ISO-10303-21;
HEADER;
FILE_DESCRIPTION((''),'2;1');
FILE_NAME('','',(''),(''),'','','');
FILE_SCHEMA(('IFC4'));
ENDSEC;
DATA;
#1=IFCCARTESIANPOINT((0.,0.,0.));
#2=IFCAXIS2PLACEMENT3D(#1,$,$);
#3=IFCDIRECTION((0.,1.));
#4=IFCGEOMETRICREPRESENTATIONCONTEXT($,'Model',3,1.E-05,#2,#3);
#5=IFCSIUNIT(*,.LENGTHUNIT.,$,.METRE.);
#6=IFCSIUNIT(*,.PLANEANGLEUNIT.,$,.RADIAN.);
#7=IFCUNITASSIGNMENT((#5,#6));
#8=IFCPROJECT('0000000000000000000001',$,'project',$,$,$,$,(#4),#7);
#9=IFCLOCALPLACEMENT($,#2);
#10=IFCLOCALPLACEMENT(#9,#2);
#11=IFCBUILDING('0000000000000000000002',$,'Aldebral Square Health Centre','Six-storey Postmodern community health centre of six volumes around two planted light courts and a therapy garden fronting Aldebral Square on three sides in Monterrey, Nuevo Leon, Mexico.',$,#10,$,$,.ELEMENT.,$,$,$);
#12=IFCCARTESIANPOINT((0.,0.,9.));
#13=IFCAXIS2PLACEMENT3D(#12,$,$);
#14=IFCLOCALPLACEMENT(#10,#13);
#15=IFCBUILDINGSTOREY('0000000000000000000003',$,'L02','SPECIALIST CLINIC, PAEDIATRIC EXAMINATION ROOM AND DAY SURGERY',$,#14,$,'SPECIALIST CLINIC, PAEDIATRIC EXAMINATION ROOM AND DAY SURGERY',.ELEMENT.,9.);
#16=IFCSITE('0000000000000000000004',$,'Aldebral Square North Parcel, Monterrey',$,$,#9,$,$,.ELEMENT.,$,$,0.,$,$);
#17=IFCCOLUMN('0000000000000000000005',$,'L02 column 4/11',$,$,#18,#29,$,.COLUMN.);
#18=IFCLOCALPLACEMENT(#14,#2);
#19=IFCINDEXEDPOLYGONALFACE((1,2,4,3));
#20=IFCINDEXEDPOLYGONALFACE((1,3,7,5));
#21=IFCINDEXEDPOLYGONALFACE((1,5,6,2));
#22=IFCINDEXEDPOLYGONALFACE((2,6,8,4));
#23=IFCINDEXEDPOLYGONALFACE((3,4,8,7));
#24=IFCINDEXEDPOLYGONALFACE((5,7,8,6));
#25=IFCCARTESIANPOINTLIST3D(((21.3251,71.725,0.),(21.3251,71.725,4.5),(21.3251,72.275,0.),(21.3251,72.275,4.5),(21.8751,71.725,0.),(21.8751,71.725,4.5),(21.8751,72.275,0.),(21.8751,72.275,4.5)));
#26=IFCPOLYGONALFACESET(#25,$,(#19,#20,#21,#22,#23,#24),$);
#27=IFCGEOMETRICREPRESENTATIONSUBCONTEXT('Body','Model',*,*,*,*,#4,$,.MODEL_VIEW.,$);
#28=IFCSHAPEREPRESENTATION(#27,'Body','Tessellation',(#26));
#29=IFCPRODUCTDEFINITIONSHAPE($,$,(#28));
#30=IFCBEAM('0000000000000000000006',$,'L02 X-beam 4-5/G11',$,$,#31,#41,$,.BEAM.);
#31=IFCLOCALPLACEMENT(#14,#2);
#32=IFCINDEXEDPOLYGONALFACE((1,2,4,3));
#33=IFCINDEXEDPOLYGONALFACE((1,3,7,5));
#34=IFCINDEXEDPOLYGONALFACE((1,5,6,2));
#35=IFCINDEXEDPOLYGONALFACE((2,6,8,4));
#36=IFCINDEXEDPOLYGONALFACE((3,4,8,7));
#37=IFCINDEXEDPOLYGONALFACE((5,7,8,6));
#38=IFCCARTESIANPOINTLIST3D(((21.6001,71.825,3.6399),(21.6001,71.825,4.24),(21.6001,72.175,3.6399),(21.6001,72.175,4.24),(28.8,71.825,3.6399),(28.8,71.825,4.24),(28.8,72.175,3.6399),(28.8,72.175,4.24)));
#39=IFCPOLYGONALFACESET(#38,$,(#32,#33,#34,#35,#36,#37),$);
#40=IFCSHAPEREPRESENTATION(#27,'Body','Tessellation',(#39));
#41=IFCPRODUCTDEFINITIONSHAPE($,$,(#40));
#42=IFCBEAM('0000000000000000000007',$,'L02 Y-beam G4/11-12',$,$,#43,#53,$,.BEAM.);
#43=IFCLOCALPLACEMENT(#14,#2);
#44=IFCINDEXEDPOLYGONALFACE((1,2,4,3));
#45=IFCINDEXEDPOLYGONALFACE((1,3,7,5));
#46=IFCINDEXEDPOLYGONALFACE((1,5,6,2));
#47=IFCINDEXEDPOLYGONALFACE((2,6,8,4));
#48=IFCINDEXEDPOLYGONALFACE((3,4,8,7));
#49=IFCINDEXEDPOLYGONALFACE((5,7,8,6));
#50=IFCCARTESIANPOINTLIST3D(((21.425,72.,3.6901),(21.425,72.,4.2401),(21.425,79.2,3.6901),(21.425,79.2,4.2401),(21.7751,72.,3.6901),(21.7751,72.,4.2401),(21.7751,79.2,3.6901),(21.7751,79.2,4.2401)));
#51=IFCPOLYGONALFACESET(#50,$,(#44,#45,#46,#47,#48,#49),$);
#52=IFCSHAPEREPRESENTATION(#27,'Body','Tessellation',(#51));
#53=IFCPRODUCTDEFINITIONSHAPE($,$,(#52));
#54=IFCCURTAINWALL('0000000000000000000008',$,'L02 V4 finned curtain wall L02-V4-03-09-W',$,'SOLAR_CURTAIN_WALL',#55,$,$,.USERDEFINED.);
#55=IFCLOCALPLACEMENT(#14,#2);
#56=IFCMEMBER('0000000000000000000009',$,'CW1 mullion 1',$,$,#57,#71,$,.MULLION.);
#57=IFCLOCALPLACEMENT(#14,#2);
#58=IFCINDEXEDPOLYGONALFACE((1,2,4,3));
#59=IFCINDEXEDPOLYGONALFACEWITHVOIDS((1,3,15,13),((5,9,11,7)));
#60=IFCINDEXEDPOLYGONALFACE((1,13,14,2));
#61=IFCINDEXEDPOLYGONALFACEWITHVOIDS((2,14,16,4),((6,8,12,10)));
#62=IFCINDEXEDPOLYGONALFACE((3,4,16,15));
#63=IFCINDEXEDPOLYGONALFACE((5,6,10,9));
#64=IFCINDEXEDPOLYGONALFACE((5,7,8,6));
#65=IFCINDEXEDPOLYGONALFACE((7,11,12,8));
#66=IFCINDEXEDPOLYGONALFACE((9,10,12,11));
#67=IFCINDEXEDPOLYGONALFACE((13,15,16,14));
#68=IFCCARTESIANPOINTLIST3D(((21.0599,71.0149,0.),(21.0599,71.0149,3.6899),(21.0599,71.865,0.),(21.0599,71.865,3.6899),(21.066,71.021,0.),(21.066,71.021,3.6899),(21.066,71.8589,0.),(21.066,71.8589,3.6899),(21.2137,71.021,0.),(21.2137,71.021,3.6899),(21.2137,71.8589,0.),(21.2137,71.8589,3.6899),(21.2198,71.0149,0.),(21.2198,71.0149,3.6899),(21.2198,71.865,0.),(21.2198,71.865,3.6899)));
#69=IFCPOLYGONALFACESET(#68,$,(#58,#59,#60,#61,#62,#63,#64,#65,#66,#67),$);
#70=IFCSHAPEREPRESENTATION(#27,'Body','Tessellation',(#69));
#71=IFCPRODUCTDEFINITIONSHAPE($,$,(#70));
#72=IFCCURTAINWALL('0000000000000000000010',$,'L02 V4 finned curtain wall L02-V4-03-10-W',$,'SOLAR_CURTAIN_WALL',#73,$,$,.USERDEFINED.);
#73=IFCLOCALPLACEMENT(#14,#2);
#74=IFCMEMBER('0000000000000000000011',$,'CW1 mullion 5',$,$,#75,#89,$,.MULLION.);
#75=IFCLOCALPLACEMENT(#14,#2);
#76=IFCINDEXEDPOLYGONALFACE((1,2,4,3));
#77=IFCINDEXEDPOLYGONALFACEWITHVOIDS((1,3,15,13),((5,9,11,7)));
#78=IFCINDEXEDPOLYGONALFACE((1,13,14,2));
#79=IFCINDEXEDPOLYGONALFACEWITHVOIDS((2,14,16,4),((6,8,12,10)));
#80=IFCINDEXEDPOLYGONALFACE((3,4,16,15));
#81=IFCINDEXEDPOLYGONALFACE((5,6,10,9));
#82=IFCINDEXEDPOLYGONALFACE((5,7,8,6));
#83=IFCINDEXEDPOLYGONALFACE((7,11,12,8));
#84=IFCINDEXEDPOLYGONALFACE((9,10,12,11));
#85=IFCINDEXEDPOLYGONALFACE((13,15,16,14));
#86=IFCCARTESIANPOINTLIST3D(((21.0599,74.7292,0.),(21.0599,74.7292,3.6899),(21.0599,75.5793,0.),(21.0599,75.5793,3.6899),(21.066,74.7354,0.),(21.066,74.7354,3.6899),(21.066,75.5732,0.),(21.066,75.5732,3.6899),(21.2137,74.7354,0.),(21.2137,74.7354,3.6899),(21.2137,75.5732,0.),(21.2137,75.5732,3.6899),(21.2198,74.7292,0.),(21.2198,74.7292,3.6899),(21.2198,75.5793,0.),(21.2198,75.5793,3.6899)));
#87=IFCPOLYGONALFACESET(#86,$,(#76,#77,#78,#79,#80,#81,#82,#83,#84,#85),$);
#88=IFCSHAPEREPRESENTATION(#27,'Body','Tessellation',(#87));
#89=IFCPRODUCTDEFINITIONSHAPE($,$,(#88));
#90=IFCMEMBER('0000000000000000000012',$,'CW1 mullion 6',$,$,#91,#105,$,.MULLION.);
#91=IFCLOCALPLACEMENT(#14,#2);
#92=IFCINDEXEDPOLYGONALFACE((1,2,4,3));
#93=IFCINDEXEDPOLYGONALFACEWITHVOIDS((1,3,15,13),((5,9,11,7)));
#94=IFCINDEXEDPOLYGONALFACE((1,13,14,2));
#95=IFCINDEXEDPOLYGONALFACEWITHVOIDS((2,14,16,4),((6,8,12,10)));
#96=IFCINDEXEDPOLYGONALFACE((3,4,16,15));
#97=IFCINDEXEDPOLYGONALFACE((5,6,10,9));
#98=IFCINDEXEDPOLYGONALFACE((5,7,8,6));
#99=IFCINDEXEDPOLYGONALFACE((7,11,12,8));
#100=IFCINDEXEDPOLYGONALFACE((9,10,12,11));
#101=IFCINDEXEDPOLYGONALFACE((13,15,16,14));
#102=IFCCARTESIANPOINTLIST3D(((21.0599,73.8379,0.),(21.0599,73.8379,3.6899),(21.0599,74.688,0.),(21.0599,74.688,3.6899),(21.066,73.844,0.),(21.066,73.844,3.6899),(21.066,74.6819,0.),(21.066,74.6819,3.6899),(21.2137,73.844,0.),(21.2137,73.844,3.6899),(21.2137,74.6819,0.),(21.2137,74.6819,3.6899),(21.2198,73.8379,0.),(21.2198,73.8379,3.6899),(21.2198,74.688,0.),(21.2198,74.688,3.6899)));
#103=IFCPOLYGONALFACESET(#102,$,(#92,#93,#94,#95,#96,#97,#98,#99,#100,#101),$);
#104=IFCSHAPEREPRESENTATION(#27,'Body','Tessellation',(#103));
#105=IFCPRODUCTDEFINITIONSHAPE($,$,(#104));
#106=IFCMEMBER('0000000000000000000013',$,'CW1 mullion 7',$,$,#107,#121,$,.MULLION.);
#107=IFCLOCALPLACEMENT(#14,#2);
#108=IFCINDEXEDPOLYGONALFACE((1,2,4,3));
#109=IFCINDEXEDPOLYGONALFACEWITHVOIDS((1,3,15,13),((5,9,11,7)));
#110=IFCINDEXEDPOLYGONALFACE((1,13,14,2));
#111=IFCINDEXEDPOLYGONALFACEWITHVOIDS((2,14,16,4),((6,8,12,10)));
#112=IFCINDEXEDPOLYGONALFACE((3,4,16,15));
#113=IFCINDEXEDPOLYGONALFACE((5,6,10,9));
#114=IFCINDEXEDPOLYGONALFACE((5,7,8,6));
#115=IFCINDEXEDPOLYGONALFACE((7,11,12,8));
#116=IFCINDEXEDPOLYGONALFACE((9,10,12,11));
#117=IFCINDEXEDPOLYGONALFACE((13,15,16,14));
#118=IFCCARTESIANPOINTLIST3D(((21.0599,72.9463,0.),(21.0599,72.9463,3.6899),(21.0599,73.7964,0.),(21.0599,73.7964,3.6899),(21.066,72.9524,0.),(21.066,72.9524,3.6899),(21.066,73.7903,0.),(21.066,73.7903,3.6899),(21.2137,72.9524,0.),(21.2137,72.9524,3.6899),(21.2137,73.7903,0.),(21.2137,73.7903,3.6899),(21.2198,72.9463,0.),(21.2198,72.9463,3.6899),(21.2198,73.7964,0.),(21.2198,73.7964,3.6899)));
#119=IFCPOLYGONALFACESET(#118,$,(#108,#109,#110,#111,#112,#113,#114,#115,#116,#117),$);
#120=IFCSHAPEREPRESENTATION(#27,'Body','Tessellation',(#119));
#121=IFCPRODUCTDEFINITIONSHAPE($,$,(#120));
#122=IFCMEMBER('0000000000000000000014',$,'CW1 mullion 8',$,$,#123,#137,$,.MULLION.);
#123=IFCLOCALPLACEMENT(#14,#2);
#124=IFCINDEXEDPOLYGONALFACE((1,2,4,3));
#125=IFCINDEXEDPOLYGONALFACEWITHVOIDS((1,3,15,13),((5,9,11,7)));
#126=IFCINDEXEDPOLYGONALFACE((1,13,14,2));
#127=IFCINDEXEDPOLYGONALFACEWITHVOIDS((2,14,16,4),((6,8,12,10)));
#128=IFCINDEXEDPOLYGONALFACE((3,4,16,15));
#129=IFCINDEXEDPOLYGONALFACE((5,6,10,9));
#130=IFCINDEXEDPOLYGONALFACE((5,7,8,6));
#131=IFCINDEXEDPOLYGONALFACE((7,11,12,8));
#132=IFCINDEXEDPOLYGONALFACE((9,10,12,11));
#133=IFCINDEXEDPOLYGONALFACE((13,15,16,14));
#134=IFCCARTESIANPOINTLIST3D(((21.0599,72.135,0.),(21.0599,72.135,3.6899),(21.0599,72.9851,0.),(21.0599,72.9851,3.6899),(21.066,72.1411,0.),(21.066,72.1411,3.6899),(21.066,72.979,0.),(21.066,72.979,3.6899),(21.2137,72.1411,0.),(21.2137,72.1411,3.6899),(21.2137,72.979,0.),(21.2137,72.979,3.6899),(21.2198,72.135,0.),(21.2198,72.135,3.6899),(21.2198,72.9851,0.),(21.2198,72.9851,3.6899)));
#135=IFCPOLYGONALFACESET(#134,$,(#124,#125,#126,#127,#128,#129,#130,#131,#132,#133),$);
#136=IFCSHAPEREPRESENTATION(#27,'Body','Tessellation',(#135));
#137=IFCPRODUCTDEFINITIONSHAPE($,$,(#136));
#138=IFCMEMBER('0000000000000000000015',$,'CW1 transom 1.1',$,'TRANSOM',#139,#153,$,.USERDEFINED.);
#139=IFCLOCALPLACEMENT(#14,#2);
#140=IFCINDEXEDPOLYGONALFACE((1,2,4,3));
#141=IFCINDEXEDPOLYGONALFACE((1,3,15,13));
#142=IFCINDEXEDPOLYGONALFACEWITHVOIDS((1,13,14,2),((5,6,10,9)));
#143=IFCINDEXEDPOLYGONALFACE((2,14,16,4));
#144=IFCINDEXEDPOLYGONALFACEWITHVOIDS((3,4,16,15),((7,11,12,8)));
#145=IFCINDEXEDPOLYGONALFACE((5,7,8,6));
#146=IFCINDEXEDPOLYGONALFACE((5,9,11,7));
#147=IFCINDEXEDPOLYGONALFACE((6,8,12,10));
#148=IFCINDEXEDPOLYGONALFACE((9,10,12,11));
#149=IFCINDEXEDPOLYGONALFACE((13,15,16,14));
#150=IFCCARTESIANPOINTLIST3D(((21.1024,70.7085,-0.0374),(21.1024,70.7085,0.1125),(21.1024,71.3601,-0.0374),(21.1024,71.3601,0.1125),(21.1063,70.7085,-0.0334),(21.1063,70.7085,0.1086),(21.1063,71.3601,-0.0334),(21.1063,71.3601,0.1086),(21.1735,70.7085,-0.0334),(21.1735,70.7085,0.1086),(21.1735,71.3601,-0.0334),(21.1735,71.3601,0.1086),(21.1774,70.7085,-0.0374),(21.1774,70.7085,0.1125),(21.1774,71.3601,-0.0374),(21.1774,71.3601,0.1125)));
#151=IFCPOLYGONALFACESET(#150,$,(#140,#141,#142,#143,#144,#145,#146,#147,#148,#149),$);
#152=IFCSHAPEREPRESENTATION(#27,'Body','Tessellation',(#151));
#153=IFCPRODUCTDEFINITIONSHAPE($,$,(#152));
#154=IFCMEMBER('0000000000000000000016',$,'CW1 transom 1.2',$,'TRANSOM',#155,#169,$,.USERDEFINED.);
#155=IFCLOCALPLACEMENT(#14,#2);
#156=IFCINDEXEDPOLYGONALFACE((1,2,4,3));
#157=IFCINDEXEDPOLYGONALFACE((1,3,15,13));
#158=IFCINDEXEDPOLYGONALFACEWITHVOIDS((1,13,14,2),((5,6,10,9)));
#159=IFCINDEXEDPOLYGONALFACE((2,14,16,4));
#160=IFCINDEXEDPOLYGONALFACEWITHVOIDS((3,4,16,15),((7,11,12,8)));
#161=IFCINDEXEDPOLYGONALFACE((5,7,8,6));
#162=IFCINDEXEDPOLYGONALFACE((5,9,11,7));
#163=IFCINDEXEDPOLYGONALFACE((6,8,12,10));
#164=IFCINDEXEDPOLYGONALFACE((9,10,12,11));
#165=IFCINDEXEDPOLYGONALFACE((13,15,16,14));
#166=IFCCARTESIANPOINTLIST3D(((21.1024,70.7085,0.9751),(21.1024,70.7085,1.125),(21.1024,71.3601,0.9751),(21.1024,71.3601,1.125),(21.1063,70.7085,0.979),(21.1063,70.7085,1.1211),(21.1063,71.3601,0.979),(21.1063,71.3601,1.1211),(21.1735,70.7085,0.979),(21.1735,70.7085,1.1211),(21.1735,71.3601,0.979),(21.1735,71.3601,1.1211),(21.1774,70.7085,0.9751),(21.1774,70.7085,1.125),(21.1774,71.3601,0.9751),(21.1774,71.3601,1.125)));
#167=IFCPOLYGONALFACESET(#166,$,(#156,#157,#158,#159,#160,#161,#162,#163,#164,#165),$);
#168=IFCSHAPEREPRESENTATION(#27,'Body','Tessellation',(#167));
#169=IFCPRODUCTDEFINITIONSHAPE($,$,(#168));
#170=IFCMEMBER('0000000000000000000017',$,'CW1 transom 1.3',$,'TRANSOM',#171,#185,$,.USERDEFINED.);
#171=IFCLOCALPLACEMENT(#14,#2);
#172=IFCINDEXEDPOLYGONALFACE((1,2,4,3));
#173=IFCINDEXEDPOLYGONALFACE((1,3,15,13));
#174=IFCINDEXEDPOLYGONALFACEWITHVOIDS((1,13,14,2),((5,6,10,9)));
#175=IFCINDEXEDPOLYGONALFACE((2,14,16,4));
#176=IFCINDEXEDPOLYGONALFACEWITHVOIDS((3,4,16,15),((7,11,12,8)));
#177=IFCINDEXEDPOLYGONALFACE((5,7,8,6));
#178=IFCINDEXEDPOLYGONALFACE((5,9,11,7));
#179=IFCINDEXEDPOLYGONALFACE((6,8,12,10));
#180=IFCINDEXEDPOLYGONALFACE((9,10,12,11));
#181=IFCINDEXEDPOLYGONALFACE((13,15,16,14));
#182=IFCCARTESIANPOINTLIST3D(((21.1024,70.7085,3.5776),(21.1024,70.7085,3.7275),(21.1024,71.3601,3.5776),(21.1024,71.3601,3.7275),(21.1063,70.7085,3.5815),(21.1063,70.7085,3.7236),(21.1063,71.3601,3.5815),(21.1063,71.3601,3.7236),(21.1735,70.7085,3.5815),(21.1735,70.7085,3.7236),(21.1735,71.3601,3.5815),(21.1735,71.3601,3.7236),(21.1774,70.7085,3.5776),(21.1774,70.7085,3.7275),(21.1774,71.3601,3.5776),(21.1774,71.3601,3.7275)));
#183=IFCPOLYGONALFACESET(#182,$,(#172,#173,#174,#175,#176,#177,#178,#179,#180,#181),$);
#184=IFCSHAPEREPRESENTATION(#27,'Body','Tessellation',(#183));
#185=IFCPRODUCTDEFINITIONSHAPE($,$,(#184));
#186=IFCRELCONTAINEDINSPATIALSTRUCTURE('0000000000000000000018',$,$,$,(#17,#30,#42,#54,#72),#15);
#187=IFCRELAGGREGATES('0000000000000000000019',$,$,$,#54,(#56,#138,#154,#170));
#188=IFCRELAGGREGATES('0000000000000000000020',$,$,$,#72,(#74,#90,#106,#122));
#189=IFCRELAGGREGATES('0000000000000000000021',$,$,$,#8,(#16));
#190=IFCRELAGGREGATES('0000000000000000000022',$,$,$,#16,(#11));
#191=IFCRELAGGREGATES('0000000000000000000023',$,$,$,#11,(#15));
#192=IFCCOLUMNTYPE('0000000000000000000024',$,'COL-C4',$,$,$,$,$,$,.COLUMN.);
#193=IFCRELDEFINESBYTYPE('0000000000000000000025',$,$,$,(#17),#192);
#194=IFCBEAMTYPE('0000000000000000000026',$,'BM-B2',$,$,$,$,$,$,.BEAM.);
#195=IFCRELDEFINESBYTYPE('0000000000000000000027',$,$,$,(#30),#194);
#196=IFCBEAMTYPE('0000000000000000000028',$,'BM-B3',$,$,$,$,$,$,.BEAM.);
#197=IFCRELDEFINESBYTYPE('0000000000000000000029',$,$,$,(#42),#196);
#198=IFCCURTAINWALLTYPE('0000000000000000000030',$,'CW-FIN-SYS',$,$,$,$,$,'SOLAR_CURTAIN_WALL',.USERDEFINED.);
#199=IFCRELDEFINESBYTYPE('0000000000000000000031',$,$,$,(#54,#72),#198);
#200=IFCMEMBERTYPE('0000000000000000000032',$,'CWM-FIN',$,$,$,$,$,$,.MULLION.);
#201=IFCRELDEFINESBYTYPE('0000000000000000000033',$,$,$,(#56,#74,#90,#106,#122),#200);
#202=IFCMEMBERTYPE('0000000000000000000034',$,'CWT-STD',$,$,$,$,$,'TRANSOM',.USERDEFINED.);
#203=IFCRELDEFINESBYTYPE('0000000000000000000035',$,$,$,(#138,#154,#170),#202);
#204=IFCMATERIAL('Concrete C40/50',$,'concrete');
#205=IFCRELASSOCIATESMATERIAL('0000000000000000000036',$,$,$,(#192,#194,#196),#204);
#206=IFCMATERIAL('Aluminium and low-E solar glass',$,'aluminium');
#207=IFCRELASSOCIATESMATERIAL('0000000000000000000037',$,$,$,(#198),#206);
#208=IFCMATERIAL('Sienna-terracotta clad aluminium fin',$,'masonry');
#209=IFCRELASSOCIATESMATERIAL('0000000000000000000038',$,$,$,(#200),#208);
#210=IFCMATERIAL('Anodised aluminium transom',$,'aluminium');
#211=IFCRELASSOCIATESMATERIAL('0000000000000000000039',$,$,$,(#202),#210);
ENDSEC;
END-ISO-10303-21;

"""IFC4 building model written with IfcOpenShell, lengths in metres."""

from ifc_helpers import new_model, si_unit, direction, frame, origin, origin_2d, place, context, subcontext, project, spatial, rectangle, hollow_rectangle, extrude, material, material_profile, profile_set, type_object, element, aggregate, save


model = new_model("IFC4")

# Units and contexts
model_context = context("Model", 3, precision=1e-05, world=origin(), true_north=direction((0.0, 1.0)))
body_context = subcontext(model_context, "Body", "Model", "MODEL_VIEW")
ifc_project = project(units=[si_unit("LENGTHUNIT", "METRE"), si_unit("PLANEANGLEUNIT", "RADIAN")], contexts=[model_context])

# Site, building, storey
site_placement = place(None, origin())
site = spatial("IfcSite", under=ifc_project, at=site_placement, Name="Aldebral Square North Parcel, Monterrey", CompositionType="ELEMENT", RefElevation=0.0)
building_placement = place(site_placement, origin())
building = spatial("IfcBuilding", under=site, at=building_placement, Name="Aldebral Square Health Centre", Description="Six-storey Postmodern community health centre of six volumes around two planted light courts and a therapy garden fronting Aldebral Square on three sides in Monterrey, Nuevo Leon, Mexico.", CompositionType="ELEMENT")
storey_placement = place(building_placement, frame((0.0, 0.0, 9.0)))
storey = spatial("IfcBuildingStorey", under=building, at=storey_placement, Name="L02", Description="SPECIALIST CLINIC, PAEDIATRIC EXAMINATION ROOM AND DAY SURGERY", LongName="SPECIALIST CLINIC, PAEDIATRIC EXAMINATION ROOM AND DAY SURGERY", CompositionType="ELEMENT", Elevation=9.0)

# Column
ifc_material_1 = material(Name="Concrete C40/50", Category="concrete")
ifc_material_profile_1 = material_profile(ifc_material_1, rectangle(XDim=0.55, YDim=0.55, at=origin_2d()), Name="RC 550x550")
ifc_profile_set_1 = profile_set([ifc_material_profile_1], Name="Concrete C40/50")
column_type = type_object("IfcColumnType", Name="COL-C4", PredefinedType="COLUMN", material=ifc_profile_set_1)
column_placement = place(storey_placement, frame((21.6001, 72.0, 0.0), z_axis=(0.0, 0.0, 1.0), x_axis=(1.0, 0.0, 0.0)))
element("IfcColumn", 1, at=column_placement, inside=storey, type_object=column_type, Name="L02 column 4/11", PredefinedType="COLUMN", context=body_context, shape_type="SweptSolid", body=[
    extrude(rectangle(XDim=0.55, YDim=0.55, at=origin_2d()), origin(), (0.0, 0.0, 1.0), 4.5),
])

# Beams
ifc_material_profile_2 = material_profile(ifc_material_1, rectangle(XDim=0.3501, YDim=0.6001, at=origin_2d()), Name="RC 350x600")
ifc_profile_set_2 = profile_set([ifc_material_profile_2], Name="Concrete C40/50")
beam_type_1 = type_object("IfcBeamType", Name="BM-B2", PredefinedType="BEAM", material=ifc_profile_set_2)
beam_1_placement = place(storey_placement, frame((21.6001, 72.0, 3.9399), z_axis=(1.0, 0.0, 0.0), x_axis=(0.0, 1.0, 0.0)))
element("IfcBeam", 2, at=beam_1_placement, inside=storey, type_object=beam_type_1, Name="L02 X-beam 4-5/G11", PredefinedType="BEAM", context=body_context, shape_type="SweptSolid", body=[
    extrude(rectangle(XDim=0.3501, YDim=0.6001, at=origin_2d()), origin(), (0.0, 0.0, 1.0), 7.2),
])
ifc_material_profile_3 = material_profile(ifc_material_1, rectangle(XDim=0.3501, YDim=0.55, at=origin_2d()), Name="RC 350x550")
ifc_profile_set_3 = profile_set([ifc_material_profile_3], Name="Concrete C40/50")
beam_type_2 = type_object("IfcBeamType", Name="BM-B3", PredefinedType="BEAM", material=ifc_profile_set_3)
beam_2_placement = place(storey_placement, frame((21.6001, 72.0, 3.9651), z_axis=(0.0, 1.0, 0.0), x_axis=(-1.0, 0.0, 0.0)))
element("IfcBeam", 3, at=beam_2_placement, inside=storey, type_object=beam_type_2, Name="L02 Y-beam G4/11-12", PredefinedType="BEAM", context=body_context, shape_type="SweptSolid", body=[
    extrude(rectangle(XDim=0.3501, YDim=0.55, at=origin_2d()), origin(), (0.0, 0.0, 1.0), 7.2),
])

# Curtain wall, member
ifc_material_2 = material(Name="Aluminium and low-E solar glass", Category="aluminium")
curtain_wall_type = type_object("IfcCurtainWallType", Name="CW-FIN-SYS", ElementType="SOLAR_CURTAIN_WALL", PredefinedType="USERDEFINED", material=ifc_material_2)
curtain_wall_1_placement = place(storey_placement, origin())
curtain_wall_1 = element("IfcCurtainWall", 4, at=curtain_wall_1_placement, inside=storey, type_object=curtain_wall_type, Name="L02 V4 finned curtain wall L02-V4-03-09-W", ObjectType="SOLAR_CURTAIN_WALL", PredefinedType="USERDEFINED")
ifc_material_3 = material(Name="Sienna-terracotta clad aluminium fin", Category="masonry")
ifc_material_profile_4 = material_profile(ifc_material_3, hollow_rectangle(XDim=0.1599, YDim=0.8501, WallThickness=0.0061, at=origin_2d()), Name="FIN 160x850x6")
ifc_profile_set_4 = profile_set([ifc_material_profile_4], Name="Sienna-terracotta clad aluminium fin")
member_type_1 = type_object("IfcMemberType", Name="CWM-FIN", PredefinedType="MULLION", material=ifc_profile_set_4)
member_1_placement = place(storey_placement, frame((21.1399, 71.4399, 0.0), z_axis=(0.0, 0.0, 1.0), x_axis=(1.0, 0.0, 0.0)))
member_1 = element("IfcMember", 5, at=member_1_placement, type_object=member_type_1, Name="CW1 mullion 1", PredefinedType="MULLION", context=body_context, shape_type="SweptSolid", body=[
    extrude(hollow_rectangle(XDim=0.1599, YDim=0.8501, WallThickness=0.0061, at=origin_2d()), origin(), (0.0, 0.0, 1.0), 3.6899),
])

# Curtain wall, members
curtain_wall_2_placement = place(storey_placement, origin())
curtain_wall_2 = element("IfcCurtainWall", 6, at=curtain_wall_2_placement, inside=storey, type_object=curtain_wall_type, Name="L02 V4 finned curtain wall L02-V4-03-10-W", ObjectType="SOLAR_CURTAIN_WALL", PredefinedType="USERDEFINED")
member_2_placement = place(storey_placement, frame((21.1399, 75.1543, 0.0), z_axis=(0.0, 0.0, 1.0), x_axis=(1.0, 0.0, 0.0)))
member_2 = element("IfcMember", 7, at=member_2_placement, type_object=member_type_1, Name="CW1 mullion 5", PredefinedType="MULLION", context=body_context, shape_type="SweptSolid", body=[
    extrude(hollow_rectangle(XDim=0.1599, YDim=0.8501, WallThickness=0.0061, at=origin_2d()), origin(), (0.0, 0.0, 1.0), 3.6899),
])
member_3_placement = place(storey_placement, frame((21.1399, 74.2629, 0.0), z_axis=(0.0, 0.0, 1.0), x_axis=(1.0, 0.0, 0.0)))
member_3 = element("IfcMember", 8, at=member_3_placement, type_object=member_type_1, Name="CW1 mullion 6", PredefinedType="MULLION", context=body_context, shape_type="SweptSolid", body=[
    extrude(hollow_rectangle(XDim=0.1599, YDim=0.8501, WallThickness=0.0061, at=origin_2d()), origin(), (0.0, 0.0, 1.0), 3.6899),
])
member_4_placement = place(storey_placement, frame((21.1399, 73.3713, 0.0), z_axis=(0.0, 0.0, 1.0), x_axis=(1.0, 0.0, 0.0)))
member_4 = element("IfcMember", 9, at=member_4_placement, type_object=member_type_1, Name="CW1 mullion 7", PredefinedType="MULLION", context=body_context, shape_type="SweptSolid", body=[
    extrude(hollow_rectangle(XDim=0.1599, YDim=0.8501, WallThickness=0.0061, at=origin_2d()), origin(), (0.0, 0.0, 1.0), 3.6899),
])
member_5_placement = place(storey_placement, frame((21.1399, 72.5601, 0.0), z_axis=(0.0, 0.0, 1.0), x_axis=(1.0, 0.0, 0.0)))
member_5 = element("IfcMember", 10, at=member_5_placement, type_object=member_type_1, Name="CW1 mullion 8", PredefinedType="MULLION", context=body_context, shape_type="SweptSolid", body=[
    extrude(hollow_rectangle(XDim=0.1599, YDim=0.8501, WallThickness=0.0061, at=origin_2d()), origin(), (0.0, 0.0, 1.0), 3.6899),
])

# Members
ifc_material_4 = material(Name="Anodised aluminium transom", Category="aluminium")
ifc_material_profile_5 = material_profile(ifc_material_4, hollow_rectangle(XDim=0.075, YDim=0.1499, WallThickness=0.0039, at=origin_2d()), Name="CWT 75x150x4")
ifc_profile_set_5 = profile_set([ifc_material_profile_5], Name="Anodised aluminium transom")
member_type_2 = type_object("IfcMemberType", Name="CWT-STD", ElementType="TRANSOM", PredefinedType="USERDEFINED", material=ifc_profile_set_5)
member_6_placement = place(storey_placement, frame((21.1399, 71.3601, 0.0376), z_axis=(0.0, -1.0, 0.0), x_axis=(1.0, 0.0, 0.0)))
member_6 = element("IfcMember", 11, at=member_6_placement, type_object=member_type_2, Name="CW1 transom 1.1", ObjectType="TRANSOM", PredefinedType="USERDEFINED", context=body_context, shape_type="SweptSolid", body=[
    extrude(hollow_rectangle(XDim=0.075, YDim=0.1499, WallThickness=0.0039, at=origin_2d()), origin(), (0.0, 0.0, 1.0), 0.6516),
])
member_7_placement = place(storey_placement, frame((21.1399, 71.3601, 1.05), z_axis=(0.0, -1.0, 0.0), x_axis=(1.0, 0.0, 0.0)))
member_7 = element("IfcMember", 12, at=member_7_placement, type_object=member_type_2, Name="CW1 transom 1.2", ObjectType="TRANSOM", PredefinedType="USERDEFINED", context=body_context, shape_type="SweptSolid", body=[
    extrude(hollow_rectangle(XDim=0.075, YDim=0.1499, WallThickness=0.0039, at=origin_2d()), origin(), (0.0, 0.0, 1.0), 0.6516),
])
member_8_placement = place(storey_placement, frame((21.1399, 71.3601, 3.6526), z_axis=(0.0, -1.0, 0.0), x_axis=(1.0, 0.0, 0.0)))
member_8 = element("IfcMember", 13, at=member_8_placement, type_object=member_type_2, Name="CW1 transom 1.3", ObjectType="TRANSOM", PredefinedType="USERDEFINED", context=body_context, shape_type="SweptSolid", body=[
    extrude(hollow_rectangle(XDim=0.075, YDim=0.1499, WallThickness=0.0039, at=origin_2d()), origin(), (0.0, 0.0, 1.0), 0.6516),
])
aggregate(curtain_wall_1, [member_1, member_6, member_7, member_8])

aggregate(curtain_wall_2, [member_2, member_3, member_4, member_5])

save(model, "model.ifc")
